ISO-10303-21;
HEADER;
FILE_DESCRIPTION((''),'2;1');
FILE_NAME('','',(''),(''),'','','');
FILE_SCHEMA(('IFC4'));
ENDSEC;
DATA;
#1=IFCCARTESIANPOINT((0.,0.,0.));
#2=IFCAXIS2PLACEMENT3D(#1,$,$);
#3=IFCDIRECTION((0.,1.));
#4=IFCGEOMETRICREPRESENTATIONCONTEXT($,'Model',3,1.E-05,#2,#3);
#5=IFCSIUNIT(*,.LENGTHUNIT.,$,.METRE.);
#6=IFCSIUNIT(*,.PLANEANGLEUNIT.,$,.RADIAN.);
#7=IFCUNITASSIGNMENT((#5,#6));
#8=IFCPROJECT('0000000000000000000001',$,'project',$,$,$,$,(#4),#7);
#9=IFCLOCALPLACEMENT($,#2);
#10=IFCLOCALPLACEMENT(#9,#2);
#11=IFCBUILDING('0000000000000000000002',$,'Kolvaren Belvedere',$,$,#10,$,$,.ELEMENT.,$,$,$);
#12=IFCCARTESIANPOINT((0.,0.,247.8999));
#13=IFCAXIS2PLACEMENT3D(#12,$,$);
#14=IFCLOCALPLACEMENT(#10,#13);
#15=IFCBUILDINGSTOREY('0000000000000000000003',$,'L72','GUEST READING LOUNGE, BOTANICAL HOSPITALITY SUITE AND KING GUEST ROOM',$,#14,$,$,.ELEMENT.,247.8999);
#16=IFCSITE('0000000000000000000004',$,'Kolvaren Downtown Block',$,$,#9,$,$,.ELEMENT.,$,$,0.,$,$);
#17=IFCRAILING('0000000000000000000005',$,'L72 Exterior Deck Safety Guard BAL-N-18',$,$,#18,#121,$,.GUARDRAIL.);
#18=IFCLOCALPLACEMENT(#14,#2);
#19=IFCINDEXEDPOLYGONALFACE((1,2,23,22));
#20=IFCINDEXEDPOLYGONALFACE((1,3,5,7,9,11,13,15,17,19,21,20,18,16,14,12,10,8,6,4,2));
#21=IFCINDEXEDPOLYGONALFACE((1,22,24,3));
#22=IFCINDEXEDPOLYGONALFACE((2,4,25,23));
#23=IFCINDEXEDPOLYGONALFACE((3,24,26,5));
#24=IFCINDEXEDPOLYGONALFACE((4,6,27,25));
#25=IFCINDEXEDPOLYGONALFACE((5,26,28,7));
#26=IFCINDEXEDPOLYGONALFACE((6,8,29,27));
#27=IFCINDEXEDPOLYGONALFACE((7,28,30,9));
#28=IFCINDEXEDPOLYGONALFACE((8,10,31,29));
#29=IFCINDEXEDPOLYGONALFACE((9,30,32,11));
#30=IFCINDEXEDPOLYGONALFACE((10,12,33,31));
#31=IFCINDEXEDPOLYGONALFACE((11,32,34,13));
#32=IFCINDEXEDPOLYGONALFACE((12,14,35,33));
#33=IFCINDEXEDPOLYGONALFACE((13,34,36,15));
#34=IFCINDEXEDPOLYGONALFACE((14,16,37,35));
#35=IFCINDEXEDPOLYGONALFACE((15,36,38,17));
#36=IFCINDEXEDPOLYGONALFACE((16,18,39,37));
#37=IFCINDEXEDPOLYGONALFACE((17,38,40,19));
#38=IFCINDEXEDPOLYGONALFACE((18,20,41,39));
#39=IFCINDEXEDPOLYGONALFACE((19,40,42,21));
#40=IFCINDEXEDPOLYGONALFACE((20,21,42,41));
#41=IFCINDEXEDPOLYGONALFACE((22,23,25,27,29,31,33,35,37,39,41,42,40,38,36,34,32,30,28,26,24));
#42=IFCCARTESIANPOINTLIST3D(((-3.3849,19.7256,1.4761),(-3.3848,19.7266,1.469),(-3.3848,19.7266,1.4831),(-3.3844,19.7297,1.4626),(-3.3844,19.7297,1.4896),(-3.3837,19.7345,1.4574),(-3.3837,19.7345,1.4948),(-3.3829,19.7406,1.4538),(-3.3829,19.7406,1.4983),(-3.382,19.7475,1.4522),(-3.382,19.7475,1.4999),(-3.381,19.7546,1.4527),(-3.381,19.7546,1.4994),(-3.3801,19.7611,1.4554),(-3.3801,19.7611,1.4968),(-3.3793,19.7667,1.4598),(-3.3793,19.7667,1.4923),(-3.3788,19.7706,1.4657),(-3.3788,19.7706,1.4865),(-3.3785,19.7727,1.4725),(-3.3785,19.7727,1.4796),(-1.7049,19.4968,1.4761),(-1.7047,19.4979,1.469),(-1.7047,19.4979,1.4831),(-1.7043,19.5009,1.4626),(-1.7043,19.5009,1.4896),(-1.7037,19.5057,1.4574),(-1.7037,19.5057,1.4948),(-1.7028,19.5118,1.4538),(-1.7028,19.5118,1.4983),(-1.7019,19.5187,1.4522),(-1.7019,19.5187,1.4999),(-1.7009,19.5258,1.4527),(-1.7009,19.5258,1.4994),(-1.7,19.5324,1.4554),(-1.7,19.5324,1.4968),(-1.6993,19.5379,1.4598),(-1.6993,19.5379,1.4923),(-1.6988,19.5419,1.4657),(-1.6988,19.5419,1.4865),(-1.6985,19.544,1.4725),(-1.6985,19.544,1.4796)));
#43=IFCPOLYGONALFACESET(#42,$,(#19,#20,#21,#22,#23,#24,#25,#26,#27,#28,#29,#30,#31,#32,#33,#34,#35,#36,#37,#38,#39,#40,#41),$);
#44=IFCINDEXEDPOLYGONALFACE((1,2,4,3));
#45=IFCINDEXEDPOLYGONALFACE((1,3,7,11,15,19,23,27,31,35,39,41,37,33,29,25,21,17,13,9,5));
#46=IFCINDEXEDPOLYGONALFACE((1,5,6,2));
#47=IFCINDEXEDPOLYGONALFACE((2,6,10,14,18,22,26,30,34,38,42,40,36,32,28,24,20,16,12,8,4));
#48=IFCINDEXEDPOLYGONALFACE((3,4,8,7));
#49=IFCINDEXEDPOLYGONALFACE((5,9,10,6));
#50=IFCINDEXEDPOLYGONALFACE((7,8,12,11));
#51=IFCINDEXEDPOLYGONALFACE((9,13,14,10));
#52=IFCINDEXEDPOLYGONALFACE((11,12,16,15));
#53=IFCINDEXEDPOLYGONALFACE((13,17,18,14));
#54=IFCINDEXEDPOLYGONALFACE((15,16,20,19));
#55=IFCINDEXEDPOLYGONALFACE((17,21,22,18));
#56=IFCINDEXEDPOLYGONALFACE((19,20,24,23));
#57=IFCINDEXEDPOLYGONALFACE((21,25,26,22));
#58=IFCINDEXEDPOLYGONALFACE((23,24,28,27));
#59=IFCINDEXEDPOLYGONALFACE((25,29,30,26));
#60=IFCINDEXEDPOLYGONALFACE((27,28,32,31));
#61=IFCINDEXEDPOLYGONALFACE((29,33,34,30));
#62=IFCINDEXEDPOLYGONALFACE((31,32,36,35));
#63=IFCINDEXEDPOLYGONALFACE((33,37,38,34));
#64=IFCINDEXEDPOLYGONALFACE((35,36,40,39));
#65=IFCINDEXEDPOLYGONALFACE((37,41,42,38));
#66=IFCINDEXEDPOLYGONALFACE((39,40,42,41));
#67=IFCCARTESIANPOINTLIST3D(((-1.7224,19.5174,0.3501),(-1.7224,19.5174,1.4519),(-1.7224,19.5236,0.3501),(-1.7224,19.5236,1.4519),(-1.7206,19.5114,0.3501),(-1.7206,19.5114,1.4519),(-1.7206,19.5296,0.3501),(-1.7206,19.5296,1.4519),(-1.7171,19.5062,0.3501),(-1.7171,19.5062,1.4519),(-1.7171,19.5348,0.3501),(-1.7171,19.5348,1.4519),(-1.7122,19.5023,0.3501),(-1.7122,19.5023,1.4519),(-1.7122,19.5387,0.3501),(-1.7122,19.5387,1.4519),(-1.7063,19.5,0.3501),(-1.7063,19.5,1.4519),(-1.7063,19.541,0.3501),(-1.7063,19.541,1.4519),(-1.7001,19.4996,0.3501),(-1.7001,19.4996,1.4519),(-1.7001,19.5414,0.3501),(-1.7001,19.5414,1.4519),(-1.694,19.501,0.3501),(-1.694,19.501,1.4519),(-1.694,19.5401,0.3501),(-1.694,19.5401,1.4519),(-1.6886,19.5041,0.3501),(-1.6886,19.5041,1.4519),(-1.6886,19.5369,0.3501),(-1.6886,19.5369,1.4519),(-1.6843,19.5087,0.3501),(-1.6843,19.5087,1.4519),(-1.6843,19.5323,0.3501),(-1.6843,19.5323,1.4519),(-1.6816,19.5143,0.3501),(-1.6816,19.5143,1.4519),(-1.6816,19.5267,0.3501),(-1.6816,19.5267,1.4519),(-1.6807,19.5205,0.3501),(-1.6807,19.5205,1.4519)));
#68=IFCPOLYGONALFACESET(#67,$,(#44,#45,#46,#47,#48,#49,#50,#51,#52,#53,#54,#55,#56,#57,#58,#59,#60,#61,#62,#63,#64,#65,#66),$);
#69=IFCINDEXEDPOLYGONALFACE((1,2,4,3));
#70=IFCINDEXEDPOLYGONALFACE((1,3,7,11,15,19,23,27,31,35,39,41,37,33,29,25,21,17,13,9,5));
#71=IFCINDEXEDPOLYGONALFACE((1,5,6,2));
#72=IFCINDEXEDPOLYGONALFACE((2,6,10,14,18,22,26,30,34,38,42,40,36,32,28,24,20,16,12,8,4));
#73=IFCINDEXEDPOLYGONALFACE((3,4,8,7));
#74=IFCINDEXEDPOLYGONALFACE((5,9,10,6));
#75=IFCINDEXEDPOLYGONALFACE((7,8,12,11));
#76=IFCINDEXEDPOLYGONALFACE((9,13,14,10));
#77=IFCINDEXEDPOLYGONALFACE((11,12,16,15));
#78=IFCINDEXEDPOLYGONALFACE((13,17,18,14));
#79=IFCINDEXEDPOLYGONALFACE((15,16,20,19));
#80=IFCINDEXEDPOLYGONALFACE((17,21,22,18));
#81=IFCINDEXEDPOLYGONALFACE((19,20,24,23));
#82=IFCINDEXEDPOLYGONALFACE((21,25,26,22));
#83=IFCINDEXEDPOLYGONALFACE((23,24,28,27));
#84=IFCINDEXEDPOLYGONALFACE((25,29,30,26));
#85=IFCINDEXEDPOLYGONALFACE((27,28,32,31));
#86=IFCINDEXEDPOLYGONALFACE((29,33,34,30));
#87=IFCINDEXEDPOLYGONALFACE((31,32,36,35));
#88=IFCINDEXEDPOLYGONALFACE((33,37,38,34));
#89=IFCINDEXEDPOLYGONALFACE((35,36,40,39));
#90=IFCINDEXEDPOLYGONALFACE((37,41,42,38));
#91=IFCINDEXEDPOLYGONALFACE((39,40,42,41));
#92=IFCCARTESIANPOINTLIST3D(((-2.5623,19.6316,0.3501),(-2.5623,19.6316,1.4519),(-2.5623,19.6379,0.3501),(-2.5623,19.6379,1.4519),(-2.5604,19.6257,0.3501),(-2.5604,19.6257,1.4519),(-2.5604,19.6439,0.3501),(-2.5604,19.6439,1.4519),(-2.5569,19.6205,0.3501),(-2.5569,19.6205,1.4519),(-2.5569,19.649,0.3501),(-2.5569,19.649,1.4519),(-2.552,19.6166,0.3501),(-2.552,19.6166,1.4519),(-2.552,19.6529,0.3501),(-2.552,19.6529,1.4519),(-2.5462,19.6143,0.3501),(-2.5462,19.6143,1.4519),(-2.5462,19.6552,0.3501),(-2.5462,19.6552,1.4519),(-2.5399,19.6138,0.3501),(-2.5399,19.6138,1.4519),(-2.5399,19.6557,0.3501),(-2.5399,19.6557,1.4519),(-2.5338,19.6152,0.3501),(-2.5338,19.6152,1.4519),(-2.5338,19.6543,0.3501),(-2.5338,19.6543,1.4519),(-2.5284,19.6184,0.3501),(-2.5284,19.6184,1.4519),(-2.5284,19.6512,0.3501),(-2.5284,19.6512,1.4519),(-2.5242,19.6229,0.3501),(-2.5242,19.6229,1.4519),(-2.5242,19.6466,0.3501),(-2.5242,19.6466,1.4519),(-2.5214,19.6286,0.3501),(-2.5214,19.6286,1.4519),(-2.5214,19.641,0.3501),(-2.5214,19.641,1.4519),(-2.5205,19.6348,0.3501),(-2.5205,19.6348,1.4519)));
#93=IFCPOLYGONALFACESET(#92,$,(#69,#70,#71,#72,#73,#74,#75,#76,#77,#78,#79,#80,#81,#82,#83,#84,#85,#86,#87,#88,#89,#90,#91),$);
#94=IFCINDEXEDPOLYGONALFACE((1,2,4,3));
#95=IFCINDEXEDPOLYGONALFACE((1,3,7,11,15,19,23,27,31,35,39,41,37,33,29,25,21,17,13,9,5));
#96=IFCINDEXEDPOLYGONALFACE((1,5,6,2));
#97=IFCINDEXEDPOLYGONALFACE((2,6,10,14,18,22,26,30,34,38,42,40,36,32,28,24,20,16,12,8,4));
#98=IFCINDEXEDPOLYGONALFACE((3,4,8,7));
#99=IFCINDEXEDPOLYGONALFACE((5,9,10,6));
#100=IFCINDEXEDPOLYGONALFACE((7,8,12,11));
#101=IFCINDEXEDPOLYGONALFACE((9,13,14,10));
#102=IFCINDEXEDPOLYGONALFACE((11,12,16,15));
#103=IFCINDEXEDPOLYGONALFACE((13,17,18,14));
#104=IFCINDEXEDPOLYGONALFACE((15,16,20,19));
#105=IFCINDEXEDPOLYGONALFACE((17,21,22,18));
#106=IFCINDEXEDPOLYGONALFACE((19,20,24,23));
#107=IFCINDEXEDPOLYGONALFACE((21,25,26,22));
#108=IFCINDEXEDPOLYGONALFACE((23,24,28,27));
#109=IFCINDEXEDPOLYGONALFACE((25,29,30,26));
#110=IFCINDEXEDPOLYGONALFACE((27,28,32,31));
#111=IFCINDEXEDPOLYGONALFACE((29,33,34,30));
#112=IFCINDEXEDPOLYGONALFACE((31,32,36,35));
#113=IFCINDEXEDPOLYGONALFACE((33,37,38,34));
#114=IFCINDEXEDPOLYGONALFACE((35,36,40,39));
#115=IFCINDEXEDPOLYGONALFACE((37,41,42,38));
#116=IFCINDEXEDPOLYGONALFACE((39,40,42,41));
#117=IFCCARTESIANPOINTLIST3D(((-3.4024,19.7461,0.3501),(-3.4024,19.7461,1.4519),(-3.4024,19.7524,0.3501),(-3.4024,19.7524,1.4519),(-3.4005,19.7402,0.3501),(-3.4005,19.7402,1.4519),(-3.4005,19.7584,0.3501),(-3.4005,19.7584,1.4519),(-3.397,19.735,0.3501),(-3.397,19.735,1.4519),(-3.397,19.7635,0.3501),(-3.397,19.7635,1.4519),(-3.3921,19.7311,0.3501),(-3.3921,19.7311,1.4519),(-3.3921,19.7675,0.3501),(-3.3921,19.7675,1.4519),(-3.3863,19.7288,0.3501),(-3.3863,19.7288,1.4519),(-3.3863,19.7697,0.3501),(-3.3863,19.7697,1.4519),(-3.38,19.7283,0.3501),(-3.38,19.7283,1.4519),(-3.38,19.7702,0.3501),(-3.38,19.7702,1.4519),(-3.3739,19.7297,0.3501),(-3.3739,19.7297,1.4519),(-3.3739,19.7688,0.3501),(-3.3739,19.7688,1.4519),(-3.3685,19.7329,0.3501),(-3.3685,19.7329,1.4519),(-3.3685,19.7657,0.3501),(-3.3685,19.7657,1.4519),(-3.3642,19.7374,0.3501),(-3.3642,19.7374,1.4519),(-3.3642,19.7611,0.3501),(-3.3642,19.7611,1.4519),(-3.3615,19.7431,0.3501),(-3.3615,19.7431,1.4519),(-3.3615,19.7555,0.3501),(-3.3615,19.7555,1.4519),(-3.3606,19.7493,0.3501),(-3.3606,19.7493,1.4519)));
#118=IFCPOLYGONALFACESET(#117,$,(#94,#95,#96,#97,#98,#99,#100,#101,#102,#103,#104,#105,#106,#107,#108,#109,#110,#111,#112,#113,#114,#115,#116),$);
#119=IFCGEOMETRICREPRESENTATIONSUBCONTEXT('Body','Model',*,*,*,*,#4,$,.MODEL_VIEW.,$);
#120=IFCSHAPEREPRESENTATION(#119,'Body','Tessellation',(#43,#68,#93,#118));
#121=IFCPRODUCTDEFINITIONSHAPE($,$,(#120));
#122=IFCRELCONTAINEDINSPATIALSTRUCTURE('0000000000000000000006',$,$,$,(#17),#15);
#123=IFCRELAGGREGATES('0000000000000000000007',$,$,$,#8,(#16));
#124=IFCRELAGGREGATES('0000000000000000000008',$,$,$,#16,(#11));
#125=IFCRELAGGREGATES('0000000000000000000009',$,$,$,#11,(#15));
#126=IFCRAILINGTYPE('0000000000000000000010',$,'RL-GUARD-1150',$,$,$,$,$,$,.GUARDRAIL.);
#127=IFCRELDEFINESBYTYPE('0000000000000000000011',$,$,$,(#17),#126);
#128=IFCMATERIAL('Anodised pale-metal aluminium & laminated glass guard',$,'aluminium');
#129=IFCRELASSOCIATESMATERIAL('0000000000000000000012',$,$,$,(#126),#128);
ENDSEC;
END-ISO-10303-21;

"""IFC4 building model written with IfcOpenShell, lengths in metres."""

from ifc_helpers import new_model, si_unit, direction, frame, origin, origin_2d, place, context, subcontext, project, spatial, circle, extrude, material, type_object, element, save


model = new_model("IFC4")

# Units and contexts
model_context = context("Model", 3, precision=1e-05, world=origin(), true_north=direction((0.0, 1.0)))
body_context = subcontext(model_context, "Body", "Model", "MODEL_VIEW")
ifc_project = project(units=[si_unit("LENGTHUNIT", "METRE"), si_unit("PLANEANGLEUNIT", "RADIAN")], contexts=[model_context])

# Site, building, storey
site_placement = place(None, origin())
site = spatial("IfcSite", under=ifc_project, at=site_placement, Name="Kolvaren Downtown Block", CompositionType="ELEMENT", RefElevation=0.0)
building_placement = place(site_placement, origin())
building = spatial("IfcBuilding", under=site, at=building_placement, Name="Kolvaren Belvedere", CompositionType="ELEMENT")
storey_placement = place(building_placement, frame((0.0, 0.0, 247.8999)))
storey = spatial("IfcBuildingStorey", under=building, at=storey_placement, Name="L72", Description="GUEST READING LOUNGE, BOTANICAL HOSPITALITY SUITE AND KING GUEST ROOM", CompositionType="ELEMENT", Elevation=247.8999)

# Railing
ifc_material_1 = material(Name="Anodised pale-metal aluminium & laminated glass guard", Category="aluminium")
railing_type = type_object("IfcRailingType", Name="RL-GUARD-1150", PredefinedType="GUARDRAIL", material=ifc_material_1)
railing_1_placement = place(storey_placement, frame((-1.7017, 19.5205, 0.3501)))
element("IfcRailing", 1, at=railing_1_placement, inside=storey, type_object=railing_type, Name="L72 Exterior Deck Safety Guard BAL-N-18", PredefinedType="GUARDRAIL", context=body_context, shape_type="SweptSolid", body=[
    extrude(circle(Radius=0.0239, at=origin_2d()), frame((0.0, 0.0, 1.126), z_axis=(-0.990856, 0.134927, 0.0), x_axis=(-0.134927, -0.990856, 0.0)), (0.0, 0.0, 1.0), 1.6956),
    extrude(circle(Radius=0.021, at=origin_2d()), origin(), (0.0, 0.0, 1.0), 1.1018),
    extrude(circle(Radius=0.021, at=origin_2d()), frame((-0.8398, 0.1143, 0.0)), (0.0, 0.0, 1.0), 1.1018),
    extrude(circle(Radius=0.021, at=origin_2d()), frame((-1.6799, 0.2288, 0.0)), (0.0, 0.0, 1.0), 1.1018),
])

save(model, "model.ifc")
